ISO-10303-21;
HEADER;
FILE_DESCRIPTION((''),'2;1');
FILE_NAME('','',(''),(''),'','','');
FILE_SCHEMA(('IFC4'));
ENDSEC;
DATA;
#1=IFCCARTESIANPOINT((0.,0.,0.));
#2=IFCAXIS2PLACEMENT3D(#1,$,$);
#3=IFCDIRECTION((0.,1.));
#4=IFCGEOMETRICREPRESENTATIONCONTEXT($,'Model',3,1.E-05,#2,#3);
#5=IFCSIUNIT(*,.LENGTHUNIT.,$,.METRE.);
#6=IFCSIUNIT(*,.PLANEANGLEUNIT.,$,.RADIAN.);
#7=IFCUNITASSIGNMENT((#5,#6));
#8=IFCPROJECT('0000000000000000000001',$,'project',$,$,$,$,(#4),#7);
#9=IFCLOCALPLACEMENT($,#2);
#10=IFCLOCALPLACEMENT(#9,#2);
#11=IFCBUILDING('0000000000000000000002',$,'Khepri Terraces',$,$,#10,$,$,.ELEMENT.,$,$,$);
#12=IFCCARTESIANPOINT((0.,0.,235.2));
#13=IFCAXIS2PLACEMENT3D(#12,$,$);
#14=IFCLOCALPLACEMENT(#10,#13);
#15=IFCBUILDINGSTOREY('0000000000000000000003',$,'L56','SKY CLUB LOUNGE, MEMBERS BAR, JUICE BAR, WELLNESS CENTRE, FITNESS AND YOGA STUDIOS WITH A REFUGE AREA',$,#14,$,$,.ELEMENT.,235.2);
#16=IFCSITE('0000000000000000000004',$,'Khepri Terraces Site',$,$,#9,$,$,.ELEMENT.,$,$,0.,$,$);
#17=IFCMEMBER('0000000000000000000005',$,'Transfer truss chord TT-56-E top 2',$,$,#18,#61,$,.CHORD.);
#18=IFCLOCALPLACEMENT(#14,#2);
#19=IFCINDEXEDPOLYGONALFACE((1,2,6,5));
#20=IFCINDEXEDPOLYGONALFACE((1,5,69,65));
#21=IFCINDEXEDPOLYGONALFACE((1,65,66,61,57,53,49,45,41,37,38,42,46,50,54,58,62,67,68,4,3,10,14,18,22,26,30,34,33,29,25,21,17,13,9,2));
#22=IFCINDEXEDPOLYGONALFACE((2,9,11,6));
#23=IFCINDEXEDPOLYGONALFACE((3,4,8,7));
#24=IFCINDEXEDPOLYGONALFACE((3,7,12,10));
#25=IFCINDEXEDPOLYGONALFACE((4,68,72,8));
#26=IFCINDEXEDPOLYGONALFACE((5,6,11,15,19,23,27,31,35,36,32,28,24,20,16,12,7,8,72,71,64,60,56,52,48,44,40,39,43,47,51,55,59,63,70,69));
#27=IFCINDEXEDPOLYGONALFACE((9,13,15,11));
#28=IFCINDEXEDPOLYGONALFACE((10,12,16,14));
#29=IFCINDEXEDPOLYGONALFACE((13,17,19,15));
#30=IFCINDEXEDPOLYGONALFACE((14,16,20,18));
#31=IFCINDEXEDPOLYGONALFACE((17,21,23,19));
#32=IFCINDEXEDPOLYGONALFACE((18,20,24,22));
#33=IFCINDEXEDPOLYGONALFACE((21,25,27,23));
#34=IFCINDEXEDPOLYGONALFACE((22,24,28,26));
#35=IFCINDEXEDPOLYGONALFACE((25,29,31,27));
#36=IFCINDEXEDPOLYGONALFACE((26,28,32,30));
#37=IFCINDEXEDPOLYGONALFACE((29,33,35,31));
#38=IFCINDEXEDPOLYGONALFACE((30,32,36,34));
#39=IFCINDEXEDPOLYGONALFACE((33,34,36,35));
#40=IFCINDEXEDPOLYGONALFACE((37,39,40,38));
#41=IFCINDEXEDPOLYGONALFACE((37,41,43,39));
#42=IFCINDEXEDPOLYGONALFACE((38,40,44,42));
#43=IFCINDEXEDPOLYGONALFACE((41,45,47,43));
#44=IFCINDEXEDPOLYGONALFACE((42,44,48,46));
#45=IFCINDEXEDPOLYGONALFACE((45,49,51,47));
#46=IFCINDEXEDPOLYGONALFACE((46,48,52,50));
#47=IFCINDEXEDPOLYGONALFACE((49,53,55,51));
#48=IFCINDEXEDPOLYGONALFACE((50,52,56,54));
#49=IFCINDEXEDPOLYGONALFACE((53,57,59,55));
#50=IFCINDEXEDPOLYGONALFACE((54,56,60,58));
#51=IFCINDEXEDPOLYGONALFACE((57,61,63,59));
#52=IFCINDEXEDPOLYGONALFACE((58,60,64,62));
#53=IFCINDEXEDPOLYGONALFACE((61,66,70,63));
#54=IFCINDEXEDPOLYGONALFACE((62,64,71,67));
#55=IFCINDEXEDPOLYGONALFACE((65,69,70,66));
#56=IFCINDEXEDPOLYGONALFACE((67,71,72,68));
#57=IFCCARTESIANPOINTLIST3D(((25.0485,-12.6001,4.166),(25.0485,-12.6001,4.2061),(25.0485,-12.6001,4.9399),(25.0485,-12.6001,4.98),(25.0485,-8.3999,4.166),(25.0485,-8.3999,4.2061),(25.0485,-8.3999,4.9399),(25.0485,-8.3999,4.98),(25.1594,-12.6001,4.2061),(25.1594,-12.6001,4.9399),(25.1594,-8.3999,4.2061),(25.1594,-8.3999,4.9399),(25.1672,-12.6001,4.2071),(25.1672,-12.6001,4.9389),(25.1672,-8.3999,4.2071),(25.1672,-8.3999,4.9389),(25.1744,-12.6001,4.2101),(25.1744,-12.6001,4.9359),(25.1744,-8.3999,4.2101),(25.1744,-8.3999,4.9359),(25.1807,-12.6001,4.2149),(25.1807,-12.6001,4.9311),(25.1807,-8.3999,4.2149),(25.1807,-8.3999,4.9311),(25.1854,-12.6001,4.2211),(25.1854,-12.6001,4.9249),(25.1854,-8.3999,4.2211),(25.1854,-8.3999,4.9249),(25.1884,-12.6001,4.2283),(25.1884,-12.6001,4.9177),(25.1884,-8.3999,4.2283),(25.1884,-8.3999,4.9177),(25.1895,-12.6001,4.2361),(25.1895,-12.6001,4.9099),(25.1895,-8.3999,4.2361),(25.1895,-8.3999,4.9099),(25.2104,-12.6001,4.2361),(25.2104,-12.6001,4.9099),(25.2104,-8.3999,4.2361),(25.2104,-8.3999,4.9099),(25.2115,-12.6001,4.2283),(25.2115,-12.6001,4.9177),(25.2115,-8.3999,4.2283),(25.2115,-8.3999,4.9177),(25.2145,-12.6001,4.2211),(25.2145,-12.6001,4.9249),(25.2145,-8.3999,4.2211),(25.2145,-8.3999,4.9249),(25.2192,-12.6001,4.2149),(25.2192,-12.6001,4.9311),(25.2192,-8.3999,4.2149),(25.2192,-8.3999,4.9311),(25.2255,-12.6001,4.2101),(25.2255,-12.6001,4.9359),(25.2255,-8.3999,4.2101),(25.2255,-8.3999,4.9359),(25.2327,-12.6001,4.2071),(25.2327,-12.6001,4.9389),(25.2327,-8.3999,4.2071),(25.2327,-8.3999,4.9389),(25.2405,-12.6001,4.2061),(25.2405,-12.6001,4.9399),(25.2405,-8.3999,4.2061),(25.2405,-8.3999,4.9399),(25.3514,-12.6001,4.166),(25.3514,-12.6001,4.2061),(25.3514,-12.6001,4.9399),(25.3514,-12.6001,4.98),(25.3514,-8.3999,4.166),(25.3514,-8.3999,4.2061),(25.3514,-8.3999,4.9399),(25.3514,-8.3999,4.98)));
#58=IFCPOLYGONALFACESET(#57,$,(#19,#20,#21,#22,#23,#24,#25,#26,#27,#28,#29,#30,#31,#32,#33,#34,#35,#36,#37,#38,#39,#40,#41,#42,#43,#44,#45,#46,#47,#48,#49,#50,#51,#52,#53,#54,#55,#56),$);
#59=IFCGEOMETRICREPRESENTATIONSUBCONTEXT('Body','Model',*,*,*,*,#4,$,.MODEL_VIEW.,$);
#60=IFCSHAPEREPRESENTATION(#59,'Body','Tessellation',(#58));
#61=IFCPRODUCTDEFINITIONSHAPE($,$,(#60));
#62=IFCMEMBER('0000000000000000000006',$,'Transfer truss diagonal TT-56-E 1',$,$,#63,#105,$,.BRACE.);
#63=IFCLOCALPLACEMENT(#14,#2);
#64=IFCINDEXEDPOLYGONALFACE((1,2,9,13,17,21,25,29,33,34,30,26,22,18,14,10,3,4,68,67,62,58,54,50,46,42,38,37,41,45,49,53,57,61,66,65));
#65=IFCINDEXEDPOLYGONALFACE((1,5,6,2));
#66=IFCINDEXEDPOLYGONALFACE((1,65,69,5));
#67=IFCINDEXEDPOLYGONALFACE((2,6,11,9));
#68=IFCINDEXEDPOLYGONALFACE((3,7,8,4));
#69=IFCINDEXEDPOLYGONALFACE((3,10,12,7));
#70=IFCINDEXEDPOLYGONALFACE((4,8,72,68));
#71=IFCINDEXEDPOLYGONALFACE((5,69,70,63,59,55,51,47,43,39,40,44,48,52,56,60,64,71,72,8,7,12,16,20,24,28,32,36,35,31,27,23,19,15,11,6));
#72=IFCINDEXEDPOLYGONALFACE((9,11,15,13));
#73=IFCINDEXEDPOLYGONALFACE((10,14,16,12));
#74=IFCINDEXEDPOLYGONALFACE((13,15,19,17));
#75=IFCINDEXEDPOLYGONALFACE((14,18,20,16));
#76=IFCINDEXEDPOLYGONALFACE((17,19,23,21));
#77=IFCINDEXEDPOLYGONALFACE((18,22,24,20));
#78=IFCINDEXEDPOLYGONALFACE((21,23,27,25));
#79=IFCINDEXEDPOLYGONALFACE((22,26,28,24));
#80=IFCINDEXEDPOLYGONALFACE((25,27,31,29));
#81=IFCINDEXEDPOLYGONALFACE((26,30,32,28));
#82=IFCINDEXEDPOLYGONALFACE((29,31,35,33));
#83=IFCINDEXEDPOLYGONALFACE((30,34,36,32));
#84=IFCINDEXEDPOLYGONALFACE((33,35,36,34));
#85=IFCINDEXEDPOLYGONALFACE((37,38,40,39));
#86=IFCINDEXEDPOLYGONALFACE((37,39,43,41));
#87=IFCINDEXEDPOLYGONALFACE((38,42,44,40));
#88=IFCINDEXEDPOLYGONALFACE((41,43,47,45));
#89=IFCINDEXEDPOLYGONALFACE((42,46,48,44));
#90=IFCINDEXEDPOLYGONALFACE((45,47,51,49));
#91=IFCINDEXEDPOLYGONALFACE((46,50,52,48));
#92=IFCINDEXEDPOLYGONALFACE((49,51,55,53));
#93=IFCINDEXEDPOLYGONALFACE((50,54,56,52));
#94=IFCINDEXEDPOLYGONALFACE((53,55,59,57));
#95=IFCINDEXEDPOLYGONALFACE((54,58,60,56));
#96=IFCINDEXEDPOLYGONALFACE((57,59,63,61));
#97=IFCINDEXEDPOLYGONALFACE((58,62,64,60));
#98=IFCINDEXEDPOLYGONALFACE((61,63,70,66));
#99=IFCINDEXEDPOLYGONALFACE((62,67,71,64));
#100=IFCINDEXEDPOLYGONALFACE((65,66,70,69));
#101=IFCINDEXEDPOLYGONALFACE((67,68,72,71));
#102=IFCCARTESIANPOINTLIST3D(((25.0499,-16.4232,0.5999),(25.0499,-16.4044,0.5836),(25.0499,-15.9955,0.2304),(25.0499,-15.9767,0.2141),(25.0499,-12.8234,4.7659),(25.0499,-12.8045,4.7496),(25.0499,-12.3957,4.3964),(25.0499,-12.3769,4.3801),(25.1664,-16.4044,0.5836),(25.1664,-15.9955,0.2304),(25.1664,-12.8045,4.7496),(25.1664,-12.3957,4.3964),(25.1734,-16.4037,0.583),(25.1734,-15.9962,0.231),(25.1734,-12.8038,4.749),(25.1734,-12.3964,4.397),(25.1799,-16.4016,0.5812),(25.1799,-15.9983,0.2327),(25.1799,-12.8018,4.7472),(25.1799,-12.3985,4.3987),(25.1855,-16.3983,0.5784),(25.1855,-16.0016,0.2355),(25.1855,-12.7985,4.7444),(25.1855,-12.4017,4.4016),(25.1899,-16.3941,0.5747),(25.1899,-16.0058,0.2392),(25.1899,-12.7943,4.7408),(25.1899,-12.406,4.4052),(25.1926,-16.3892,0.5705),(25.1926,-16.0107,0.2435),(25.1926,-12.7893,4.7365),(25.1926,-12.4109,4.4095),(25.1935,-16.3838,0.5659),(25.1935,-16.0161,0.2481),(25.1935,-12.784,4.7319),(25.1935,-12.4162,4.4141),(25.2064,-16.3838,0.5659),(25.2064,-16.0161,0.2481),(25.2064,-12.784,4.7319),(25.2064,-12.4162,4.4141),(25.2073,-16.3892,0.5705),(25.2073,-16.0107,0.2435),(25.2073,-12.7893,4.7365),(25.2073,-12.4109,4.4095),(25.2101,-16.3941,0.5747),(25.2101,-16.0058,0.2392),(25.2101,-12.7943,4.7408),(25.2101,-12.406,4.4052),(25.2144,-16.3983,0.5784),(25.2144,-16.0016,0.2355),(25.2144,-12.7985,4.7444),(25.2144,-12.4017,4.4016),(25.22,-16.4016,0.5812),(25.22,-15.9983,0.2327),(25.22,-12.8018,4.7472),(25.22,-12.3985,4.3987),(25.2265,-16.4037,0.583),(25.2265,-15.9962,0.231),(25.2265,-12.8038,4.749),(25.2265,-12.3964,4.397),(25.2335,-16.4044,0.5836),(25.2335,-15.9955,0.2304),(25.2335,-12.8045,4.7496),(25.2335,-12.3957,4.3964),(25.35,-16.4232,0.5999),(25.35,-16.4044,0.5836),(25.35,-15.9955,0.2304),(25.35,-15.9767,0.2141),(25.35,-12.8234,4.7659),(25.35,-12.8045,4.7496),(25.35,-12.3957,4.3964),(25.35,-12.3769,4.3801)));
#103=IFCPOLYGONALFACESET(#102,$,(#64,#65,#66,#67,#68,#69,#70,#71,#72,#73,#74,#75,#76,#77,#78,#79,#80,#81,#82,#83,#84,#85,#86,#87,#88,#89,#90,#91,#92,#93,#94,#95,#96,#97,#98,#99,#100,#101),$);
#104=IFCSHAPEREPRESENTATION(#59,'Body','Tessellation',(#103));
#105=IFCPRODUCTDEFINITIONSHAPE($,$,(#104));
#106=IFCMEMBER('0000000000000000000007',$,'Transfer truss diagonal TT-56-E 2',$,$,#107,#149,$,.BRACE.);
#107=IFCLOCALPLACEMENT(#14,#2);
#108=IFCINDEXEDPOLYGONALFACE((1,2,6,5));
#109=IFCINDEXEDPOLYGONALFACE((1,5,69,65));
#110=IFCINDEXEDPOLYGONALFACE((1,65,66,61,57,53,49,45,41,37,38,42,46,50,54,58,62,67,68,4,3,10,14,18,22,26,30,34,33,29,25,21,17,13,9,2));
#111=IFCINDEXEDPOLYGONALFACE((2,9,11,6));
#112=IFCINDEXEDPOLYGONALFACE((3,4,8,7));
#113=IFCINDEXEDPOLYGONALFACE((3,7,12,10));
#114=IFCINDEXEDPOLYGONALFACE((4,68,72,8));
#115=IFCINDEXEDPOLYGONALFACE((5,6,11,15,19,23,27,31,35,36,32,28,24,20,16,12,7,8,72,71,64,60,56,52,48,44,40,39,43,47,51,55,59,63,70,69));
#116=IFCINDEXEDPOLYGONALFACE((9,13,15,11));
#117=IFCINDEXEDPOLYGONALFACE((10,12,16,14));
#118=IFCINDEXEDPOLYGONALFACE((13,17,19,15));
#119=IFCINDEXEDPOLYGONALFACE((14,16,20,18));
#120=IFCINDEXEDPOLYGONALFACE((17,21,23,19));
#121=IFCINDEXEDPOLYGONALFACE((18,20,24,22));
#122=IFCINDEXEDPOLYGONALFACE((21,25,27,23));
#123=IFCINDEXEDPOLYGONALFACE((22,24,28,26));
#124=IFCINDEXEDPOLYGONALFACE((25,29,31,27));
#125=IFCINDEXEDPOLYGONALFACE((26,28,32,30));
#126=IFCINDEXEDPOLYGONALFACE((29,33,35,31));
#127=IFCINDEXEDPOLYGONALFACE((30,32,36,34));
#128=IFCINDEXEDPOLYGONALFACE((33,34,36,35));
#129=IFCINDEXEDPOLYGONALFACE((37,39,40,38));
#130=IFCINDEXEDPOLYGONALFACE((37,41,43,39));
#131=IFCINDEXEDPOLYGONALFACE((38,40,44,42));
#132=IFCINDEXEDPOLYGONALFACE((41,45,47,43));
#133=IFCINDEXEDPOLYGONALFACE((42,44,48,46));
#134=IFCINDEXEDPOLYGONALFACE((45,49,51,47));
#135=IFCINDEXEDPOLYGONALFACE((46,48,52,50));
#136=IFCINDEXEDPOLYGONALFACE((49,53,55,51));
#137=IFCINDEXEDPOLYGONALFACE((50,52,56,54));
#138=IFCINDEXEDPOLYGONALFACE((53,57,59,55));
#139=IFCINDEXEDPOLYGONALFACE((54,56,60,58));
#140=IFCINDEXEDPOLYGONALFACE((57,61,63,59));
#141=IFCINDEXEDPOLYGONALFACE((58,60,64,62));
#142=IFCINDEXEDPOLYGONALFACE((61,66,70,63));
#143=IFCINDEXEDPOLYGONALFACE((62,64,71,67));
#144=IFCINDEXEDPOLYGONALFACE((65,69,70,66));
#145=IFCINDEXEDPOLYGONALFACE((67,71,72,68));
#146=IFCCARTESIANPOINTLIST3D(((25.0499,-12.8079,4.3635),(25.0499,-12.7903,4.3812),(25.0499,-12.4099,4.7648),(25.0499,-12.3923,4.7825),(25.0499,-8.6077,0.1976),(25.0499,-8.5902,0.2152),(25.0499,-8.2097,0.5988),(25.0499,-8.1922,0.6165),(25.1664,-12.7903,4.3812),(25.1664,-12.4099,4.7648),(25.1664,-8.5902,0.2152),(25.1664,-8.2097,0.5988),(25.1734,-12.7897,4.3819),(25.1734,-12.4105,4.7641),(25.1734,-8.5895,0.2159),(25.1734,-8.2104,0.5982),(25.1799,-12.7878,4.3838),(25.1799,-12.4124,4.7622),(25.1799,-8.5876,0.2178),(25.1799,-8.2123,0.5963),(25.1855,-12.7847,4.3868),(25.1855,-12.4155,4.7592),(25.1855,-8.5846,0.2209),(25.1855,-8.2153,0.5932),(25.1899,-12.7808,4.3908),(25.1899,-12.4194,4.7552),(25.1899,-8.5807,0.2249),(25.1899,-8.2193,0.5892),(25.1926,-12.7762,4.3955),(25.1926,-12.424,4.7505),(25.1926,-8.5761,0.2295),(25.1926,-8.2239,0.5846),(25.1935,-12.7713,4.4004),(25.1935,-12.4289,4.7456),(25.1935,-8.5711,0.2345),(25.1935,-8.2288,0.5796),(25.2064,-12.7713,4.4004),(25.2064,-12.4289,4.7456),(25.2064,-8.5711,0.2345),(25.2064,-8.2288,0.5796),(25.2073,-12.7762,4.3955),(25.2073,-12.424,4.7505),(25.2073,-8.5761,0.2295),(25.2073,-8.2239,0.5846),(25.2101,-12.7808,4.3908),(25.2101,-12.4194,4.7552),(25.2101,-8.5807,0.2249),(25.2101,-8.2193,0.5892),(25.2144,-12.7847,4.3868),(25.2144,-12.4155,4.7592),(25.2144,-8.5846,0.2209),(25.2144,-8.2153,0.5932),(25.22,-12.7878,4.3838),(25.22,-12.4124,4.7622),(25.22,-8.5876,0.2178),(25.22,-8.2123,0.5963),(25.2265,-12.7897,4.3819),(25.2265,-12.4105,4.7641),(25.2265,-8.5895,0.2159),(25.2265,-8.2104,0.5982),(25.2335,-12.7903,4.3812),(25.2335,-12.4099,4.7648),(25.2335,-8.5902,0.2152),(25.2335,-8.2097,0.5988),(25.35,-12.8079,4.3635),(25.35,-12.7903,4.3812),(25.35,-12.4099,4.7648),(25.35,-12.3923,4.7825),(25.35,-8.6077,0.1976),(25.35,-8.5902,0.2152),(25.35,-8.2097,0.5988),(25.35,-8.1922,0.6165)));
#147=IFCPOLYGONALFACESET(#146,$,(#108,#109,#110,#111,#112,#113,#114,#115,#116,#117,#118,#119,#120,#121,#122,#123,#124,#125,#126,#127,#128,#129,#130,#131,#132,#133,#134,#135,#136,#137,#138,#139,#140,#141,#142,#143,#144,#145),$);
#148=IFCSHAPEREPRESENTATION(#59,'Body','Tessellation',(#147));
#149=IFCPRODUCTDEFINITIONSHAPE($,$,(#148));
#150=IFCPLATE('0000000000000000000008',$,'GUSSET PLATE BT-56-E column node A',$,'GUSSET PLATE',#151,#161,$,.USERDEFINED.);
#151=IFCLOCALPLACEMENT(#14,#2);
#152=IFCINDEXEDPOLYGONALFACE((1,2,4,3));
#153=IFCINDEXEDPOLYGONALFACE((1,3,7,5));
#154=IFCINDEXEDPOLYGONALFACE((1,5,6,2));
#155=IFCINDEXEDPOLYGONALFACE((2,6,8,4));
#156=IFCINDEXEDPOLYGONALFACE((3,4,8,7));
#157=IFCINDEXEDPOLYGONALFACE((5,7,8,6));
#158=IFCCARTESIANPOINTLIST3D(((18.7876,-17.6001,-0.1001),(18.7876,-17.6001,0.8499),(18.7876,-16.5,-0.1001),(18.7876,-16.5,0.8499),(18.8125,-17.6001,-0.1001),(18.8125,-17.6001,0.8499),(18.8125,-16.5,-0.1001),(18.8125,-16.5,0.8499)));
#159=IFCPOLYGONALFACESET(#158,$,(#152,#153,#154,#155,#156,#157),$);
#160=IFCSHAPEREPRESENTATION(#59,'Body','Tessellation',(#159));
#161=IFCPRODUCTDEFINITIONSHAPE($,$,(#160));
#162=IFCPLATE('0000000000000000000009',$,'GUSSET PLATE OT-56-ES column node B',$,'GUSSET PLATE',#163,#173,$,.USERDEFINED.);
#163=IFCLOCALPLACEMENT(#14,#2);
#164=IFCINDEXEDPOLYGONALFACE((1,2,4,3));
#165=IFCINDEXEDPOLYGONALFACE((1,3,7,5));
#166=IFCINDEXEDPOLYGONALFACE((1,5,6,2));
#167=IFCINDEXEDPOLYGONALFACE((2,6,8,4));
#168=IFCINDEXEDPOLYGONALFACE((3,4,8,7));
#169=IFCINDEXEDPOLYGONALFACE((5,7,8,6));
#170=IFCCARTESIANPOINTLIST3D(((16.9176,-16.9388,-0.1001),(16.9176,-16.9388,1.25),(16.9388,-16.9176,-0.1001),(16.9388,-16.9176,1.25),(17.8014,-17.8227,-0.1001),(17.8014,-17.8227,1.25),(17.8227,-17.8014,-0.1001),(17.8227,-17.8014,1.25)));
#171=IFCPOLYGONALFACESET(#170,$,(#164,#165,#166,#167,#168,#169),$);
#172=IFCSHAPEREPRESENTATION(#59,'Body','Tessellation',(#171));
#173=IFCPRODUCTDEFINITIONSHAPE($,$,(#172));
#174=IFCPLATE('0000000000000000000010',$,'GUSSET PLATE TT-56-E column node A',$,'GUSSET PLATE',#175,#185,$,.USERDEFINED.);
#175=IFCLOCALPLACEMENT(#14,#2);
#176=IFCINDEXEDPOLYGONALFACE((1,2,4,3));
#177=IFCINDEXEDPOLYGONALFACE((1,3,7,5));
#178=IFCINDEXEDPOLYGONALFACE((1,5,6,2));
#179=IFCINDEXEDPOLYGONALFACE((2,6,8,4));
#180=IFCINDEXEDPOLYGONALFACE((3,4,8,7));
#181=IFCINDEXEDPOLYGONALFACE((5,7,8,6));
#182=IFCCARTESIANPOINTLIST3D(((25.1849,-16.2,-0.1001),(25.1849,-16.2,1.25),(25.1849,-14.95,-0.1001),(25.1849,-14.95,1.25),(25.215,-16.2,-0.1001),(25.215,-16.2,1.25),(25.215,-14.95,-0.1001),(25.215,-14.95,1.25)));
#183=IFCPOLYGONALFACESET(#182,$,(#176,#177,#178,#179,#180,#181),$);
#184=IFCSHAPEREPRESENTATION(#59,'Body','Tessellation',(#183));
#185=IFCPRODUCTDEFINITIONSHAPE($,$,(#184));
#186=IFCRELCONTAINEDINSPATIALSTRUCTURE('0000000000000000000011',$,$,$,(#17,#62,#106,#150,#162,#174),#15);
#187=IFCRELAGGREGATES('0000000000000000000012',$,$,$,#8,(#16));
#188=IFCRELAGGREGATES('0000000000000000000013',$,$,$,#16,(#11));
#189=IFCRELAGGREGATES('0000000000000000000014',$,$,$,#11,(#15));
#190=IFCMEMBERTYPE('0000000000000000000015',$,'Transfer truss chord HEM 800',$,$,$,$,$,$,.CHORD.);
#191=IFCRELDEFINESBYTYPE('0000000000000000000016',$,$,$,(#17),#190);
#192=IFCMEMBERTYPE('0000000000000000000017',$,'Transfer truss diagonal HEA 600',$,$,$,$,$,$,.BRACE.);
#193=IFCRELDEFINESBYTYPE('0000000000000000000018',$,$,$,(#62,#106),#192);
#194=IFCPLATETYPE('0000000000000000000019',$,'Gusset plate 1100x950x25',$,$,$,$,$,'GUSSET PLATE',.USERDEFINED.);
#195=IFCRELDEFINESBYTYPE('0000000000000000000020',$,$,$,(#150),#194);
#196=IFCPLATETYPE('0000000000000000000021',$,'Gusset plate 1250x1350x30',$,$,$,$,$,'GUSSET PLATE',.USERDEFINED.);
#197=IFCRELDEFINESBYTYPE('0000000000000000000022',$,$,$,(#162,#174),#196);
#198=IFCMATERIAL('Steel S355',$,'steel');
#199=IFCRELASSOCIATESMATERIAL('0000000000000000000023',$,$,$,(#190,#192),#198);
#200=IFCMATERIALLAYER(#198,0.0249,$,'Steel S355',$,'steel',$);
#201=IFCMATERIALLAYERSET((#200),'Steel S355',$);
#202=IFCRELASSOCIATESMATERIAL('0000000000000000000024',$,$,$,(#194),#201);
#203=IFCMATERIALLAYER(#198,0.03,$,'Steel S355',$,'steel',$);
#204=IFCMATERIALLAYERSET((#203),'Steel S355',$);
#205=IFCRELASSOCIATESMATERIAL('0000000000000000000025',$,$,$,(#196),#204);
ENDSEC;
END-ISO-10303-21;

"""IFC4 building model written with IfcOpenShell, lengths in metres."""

from ifc_helpers import new_model, si_unit, direction, frame, origin, origin_2d, place, context, subcontext, project, spatial, rectangle, i_section, extrude, material, layer, layer_set, material_profile, profile_set, type_object, element, save


model = new_model("IFC4")

# Units and contexts
model_context = context("Model", 3, precision=1e-05, world=origin(), true_north=direction((0.0, 1.0)))
body_context = subcontext(model_context, "Body", "Model", "MODEL_VIEW")
ifc_project = project(units=[si_unit("LENGTHUNIT", "METRE"), si_unit("PLANEANGLEUNIT", "RADIAN")], contexts=[model_context])

# Site, building, storey
site_placement = place(None, origin())
site = spatial("IfcSite", under=ifc_project, at=site_placement, Name="Khepri Terraces Site", CompositionType="ELEMENT", RefElevation=0.0)
building_placement = place(site_placement, origin())
building = spatial("IfcBuilding", under=site, at=building_placement, Name="Khepri Terraces", CompositionType="ELEMENT")
storey_placement = place(building_placement, frame((0.0, 0.0, 235.2)))
storey = spatial("IfcBuildingStorey", under=building, at=storey_placement, Name="L56", Description="SKY CLUB LOUNGE, MEMBERS BAR, JUICE BAR, WELLNESS CENTRE, FITNESS AND YOGA STUDIOS WITH A REFUGE AREA", CompositionType="ELEMENT", Elevation=235.2)

# Members
ifc_material_1 = material(Name="Steel S355", Category="steel")
ifc_material_profile_1 = material_profile(ifc_material_1, i_section(OverallWidth=0.303, OverallDepth=0.814, WebThickness=0.021, FlangeThickness=0.04, FilletRadius=0.03, at=origin_2d()), Name="Steel S355", Category="steel")
ifc_profile_set_1 = profile_set([ifc_material_profile_1], Name="Steel S355")
member_type_1 = type_object("IfcMemberType", Name="Transfer truss chord HEM 800", PredefinedType="CHORD", material=ifc_profile_set_1)
for number, where, z_axis, x_axis, name in (
    (1, (25.2, -12.6001, 4.573), (0.0, 1.0, 0.0), (-1.0, 0.0, 0.0), "Transfer truss chord TT-56-E top 2"),
):
    element("IfcMember", number, at=place(storey_placement, frame(where, z_axis=z_axis, x_axis=x_axis)), inside=storey, type_object=member_type_1, Name=name, PredefinedType="CHORD", context=body_context, shape_type="SweptSolid", body=[
        extrude(i_section(OverallWidth=0.303, OverallDepth=0.814, WebThickness=0.021, FlangeThickness=0.04, FilletRadius=0.03, at=origin_2d()), origin(), (0.0, 0.0, 1.0), 4.2002),
    ])
ifc_material_profile_2 = material_profile(ifc_material_1, i_section(OverallWidth=0.3, OverallDepth=0.5901, WebThickness=0.0129, FlangeThickness=0.0249, FilletRadius=0.0271, at=origin_2d()), Name="Steel S355", Category="steel")
ifc_profile_set_2 = profile_set([ifc_material_profile_2], Name="Steel S355")
member_type_2 = type_object("IfcMemberType", Name="Transfer truss diagonal HEA 600", PredefinedType="BRACE", material=ifc_profile_set_2)
member_1_placement = place(storey_placement, frame((25.2, -16.2, 0.407), z_axis=(0.0, 0.653821, 0.756649), x_axis=(-1.0, 0.0, 0.0)))
element("IfcMember", 2, at=member_1_placement, inside=storey, type_object=member_type_2, Name="Transfer truss diagonal TT-56-E 1", PredefinedType="BRACE", context=body_context, shape_type="SweptSolid", body=[
    extrude(i_section(OverallWidth=0.3, OverallDepth=0.5901, WebThickness=0.0129, FlangeThickness=0.0249, FilletRadius=0.0271, at=origin_2d()), origin(), (0.0, 0.0, 1.0), 5.5059),
])
member_2_placement = place(storey_placement, frame((25.2, -12.6001, 4.573), z_axis=(0.0, 0.70999, -0.704212), x_axis=(-1.0, 0.0, 0.0)))
element("IfcMember", 3, at=member_2_placement, inside=storey, type_object=member_type_2, Name="Transfer truss diagonal TT-56-E 2", PredefinedType="BRACE", context=body_context, shape_type="SweptSolid", body=[
    extrude(i_section(OverallWidth=0.3, OverallDepth=0.5901, WebThickness=0.0129, FlangeThickness=0.0249, FilletRadius=0.0271, at=origin_2d()), origin(), (0.0, 0.0, 1.0), 5.9158),
])

# Plates
ifc_layer_1 = layer(ifc_material_1, 0.0249, Name="Steel S355", Category="steel")
ifc_layer_set_1 = layer_set([ifc_layer_1], Name="Steel S355")
plate_type_1 = type_object("IfcPlateType", Name="Gusset plate 1100x950x25", ElementType="GUSSET PLATE", PredefinedType="USERDEFINED", material=ifc_layer_set_1)
plate_placement = place(storey_placement, frame((18.8, -17.05, -0.1001), z_axis=(0.0, 0.0, 1.0), x_axis=(0.0, 1.0, 0.0)))
element("IfcPlate", 4, at=plate_placement, inside=storey, type_object=plate_type_1, Name="GUSSET PLATE BT-56-E column node A", ObjectType="GUSSET PLATE", PredefinedType="USERDEFINED", context=body_context, shape_type="SweptSolid", body=[
    extrude(rectangle(XDim=1.1001, YDim=0.0249, at=origin_2d()), origin(), (0.0, 0.0, 1.0), 0.95),
])
ifc_layer_2 = layer(ifc_material_1, 0.03, Name="Steel S355", Category="steel")
ifc_layer_set_2 = layer_set([ifc_layer_2], Name="Steel S355")
plate_type_2 = type_object("IfcPlateType", Name="Gusset plate 1250x1350x30", ElementType="GUSSET PLATE", PredefinedType="USERDEFINED", material=ifc_layer_set_2)
for number, where, z_axis, x_axis, name in (
    (5, (17.3701, -17.3701, -0.1001), (0.0, 0.0, 1.0), (0.707107, -0.707107, 0.0), "GUSSET PLATE OT-56-ES column node B"),
    (6, (25.2, -15.575, -0.1001), (0.0, 0.0, 1.0), (0.0, 1.0, 0.0), "GUSSET PLATE TT-56-E column node A"),
):
    element("IfcPlate", number, at=place(storey_placement, frame(where, z_axis=z_axis, x_axis=x_axis)), inside=storey, type_object=plate_type_2, Name=name, ObjectType="GUSSET PLATE", PredefinedType="USERDEFINED", context=body_context, shape_type="SweptSolid", body=[
        extrude(rectangle(XDim=1.25, YDim=0.03, at=origin_2d()), origin(), (0.0, 0.0, 1.0), 1.3501),
    ])

save(model, "model.ifc")
